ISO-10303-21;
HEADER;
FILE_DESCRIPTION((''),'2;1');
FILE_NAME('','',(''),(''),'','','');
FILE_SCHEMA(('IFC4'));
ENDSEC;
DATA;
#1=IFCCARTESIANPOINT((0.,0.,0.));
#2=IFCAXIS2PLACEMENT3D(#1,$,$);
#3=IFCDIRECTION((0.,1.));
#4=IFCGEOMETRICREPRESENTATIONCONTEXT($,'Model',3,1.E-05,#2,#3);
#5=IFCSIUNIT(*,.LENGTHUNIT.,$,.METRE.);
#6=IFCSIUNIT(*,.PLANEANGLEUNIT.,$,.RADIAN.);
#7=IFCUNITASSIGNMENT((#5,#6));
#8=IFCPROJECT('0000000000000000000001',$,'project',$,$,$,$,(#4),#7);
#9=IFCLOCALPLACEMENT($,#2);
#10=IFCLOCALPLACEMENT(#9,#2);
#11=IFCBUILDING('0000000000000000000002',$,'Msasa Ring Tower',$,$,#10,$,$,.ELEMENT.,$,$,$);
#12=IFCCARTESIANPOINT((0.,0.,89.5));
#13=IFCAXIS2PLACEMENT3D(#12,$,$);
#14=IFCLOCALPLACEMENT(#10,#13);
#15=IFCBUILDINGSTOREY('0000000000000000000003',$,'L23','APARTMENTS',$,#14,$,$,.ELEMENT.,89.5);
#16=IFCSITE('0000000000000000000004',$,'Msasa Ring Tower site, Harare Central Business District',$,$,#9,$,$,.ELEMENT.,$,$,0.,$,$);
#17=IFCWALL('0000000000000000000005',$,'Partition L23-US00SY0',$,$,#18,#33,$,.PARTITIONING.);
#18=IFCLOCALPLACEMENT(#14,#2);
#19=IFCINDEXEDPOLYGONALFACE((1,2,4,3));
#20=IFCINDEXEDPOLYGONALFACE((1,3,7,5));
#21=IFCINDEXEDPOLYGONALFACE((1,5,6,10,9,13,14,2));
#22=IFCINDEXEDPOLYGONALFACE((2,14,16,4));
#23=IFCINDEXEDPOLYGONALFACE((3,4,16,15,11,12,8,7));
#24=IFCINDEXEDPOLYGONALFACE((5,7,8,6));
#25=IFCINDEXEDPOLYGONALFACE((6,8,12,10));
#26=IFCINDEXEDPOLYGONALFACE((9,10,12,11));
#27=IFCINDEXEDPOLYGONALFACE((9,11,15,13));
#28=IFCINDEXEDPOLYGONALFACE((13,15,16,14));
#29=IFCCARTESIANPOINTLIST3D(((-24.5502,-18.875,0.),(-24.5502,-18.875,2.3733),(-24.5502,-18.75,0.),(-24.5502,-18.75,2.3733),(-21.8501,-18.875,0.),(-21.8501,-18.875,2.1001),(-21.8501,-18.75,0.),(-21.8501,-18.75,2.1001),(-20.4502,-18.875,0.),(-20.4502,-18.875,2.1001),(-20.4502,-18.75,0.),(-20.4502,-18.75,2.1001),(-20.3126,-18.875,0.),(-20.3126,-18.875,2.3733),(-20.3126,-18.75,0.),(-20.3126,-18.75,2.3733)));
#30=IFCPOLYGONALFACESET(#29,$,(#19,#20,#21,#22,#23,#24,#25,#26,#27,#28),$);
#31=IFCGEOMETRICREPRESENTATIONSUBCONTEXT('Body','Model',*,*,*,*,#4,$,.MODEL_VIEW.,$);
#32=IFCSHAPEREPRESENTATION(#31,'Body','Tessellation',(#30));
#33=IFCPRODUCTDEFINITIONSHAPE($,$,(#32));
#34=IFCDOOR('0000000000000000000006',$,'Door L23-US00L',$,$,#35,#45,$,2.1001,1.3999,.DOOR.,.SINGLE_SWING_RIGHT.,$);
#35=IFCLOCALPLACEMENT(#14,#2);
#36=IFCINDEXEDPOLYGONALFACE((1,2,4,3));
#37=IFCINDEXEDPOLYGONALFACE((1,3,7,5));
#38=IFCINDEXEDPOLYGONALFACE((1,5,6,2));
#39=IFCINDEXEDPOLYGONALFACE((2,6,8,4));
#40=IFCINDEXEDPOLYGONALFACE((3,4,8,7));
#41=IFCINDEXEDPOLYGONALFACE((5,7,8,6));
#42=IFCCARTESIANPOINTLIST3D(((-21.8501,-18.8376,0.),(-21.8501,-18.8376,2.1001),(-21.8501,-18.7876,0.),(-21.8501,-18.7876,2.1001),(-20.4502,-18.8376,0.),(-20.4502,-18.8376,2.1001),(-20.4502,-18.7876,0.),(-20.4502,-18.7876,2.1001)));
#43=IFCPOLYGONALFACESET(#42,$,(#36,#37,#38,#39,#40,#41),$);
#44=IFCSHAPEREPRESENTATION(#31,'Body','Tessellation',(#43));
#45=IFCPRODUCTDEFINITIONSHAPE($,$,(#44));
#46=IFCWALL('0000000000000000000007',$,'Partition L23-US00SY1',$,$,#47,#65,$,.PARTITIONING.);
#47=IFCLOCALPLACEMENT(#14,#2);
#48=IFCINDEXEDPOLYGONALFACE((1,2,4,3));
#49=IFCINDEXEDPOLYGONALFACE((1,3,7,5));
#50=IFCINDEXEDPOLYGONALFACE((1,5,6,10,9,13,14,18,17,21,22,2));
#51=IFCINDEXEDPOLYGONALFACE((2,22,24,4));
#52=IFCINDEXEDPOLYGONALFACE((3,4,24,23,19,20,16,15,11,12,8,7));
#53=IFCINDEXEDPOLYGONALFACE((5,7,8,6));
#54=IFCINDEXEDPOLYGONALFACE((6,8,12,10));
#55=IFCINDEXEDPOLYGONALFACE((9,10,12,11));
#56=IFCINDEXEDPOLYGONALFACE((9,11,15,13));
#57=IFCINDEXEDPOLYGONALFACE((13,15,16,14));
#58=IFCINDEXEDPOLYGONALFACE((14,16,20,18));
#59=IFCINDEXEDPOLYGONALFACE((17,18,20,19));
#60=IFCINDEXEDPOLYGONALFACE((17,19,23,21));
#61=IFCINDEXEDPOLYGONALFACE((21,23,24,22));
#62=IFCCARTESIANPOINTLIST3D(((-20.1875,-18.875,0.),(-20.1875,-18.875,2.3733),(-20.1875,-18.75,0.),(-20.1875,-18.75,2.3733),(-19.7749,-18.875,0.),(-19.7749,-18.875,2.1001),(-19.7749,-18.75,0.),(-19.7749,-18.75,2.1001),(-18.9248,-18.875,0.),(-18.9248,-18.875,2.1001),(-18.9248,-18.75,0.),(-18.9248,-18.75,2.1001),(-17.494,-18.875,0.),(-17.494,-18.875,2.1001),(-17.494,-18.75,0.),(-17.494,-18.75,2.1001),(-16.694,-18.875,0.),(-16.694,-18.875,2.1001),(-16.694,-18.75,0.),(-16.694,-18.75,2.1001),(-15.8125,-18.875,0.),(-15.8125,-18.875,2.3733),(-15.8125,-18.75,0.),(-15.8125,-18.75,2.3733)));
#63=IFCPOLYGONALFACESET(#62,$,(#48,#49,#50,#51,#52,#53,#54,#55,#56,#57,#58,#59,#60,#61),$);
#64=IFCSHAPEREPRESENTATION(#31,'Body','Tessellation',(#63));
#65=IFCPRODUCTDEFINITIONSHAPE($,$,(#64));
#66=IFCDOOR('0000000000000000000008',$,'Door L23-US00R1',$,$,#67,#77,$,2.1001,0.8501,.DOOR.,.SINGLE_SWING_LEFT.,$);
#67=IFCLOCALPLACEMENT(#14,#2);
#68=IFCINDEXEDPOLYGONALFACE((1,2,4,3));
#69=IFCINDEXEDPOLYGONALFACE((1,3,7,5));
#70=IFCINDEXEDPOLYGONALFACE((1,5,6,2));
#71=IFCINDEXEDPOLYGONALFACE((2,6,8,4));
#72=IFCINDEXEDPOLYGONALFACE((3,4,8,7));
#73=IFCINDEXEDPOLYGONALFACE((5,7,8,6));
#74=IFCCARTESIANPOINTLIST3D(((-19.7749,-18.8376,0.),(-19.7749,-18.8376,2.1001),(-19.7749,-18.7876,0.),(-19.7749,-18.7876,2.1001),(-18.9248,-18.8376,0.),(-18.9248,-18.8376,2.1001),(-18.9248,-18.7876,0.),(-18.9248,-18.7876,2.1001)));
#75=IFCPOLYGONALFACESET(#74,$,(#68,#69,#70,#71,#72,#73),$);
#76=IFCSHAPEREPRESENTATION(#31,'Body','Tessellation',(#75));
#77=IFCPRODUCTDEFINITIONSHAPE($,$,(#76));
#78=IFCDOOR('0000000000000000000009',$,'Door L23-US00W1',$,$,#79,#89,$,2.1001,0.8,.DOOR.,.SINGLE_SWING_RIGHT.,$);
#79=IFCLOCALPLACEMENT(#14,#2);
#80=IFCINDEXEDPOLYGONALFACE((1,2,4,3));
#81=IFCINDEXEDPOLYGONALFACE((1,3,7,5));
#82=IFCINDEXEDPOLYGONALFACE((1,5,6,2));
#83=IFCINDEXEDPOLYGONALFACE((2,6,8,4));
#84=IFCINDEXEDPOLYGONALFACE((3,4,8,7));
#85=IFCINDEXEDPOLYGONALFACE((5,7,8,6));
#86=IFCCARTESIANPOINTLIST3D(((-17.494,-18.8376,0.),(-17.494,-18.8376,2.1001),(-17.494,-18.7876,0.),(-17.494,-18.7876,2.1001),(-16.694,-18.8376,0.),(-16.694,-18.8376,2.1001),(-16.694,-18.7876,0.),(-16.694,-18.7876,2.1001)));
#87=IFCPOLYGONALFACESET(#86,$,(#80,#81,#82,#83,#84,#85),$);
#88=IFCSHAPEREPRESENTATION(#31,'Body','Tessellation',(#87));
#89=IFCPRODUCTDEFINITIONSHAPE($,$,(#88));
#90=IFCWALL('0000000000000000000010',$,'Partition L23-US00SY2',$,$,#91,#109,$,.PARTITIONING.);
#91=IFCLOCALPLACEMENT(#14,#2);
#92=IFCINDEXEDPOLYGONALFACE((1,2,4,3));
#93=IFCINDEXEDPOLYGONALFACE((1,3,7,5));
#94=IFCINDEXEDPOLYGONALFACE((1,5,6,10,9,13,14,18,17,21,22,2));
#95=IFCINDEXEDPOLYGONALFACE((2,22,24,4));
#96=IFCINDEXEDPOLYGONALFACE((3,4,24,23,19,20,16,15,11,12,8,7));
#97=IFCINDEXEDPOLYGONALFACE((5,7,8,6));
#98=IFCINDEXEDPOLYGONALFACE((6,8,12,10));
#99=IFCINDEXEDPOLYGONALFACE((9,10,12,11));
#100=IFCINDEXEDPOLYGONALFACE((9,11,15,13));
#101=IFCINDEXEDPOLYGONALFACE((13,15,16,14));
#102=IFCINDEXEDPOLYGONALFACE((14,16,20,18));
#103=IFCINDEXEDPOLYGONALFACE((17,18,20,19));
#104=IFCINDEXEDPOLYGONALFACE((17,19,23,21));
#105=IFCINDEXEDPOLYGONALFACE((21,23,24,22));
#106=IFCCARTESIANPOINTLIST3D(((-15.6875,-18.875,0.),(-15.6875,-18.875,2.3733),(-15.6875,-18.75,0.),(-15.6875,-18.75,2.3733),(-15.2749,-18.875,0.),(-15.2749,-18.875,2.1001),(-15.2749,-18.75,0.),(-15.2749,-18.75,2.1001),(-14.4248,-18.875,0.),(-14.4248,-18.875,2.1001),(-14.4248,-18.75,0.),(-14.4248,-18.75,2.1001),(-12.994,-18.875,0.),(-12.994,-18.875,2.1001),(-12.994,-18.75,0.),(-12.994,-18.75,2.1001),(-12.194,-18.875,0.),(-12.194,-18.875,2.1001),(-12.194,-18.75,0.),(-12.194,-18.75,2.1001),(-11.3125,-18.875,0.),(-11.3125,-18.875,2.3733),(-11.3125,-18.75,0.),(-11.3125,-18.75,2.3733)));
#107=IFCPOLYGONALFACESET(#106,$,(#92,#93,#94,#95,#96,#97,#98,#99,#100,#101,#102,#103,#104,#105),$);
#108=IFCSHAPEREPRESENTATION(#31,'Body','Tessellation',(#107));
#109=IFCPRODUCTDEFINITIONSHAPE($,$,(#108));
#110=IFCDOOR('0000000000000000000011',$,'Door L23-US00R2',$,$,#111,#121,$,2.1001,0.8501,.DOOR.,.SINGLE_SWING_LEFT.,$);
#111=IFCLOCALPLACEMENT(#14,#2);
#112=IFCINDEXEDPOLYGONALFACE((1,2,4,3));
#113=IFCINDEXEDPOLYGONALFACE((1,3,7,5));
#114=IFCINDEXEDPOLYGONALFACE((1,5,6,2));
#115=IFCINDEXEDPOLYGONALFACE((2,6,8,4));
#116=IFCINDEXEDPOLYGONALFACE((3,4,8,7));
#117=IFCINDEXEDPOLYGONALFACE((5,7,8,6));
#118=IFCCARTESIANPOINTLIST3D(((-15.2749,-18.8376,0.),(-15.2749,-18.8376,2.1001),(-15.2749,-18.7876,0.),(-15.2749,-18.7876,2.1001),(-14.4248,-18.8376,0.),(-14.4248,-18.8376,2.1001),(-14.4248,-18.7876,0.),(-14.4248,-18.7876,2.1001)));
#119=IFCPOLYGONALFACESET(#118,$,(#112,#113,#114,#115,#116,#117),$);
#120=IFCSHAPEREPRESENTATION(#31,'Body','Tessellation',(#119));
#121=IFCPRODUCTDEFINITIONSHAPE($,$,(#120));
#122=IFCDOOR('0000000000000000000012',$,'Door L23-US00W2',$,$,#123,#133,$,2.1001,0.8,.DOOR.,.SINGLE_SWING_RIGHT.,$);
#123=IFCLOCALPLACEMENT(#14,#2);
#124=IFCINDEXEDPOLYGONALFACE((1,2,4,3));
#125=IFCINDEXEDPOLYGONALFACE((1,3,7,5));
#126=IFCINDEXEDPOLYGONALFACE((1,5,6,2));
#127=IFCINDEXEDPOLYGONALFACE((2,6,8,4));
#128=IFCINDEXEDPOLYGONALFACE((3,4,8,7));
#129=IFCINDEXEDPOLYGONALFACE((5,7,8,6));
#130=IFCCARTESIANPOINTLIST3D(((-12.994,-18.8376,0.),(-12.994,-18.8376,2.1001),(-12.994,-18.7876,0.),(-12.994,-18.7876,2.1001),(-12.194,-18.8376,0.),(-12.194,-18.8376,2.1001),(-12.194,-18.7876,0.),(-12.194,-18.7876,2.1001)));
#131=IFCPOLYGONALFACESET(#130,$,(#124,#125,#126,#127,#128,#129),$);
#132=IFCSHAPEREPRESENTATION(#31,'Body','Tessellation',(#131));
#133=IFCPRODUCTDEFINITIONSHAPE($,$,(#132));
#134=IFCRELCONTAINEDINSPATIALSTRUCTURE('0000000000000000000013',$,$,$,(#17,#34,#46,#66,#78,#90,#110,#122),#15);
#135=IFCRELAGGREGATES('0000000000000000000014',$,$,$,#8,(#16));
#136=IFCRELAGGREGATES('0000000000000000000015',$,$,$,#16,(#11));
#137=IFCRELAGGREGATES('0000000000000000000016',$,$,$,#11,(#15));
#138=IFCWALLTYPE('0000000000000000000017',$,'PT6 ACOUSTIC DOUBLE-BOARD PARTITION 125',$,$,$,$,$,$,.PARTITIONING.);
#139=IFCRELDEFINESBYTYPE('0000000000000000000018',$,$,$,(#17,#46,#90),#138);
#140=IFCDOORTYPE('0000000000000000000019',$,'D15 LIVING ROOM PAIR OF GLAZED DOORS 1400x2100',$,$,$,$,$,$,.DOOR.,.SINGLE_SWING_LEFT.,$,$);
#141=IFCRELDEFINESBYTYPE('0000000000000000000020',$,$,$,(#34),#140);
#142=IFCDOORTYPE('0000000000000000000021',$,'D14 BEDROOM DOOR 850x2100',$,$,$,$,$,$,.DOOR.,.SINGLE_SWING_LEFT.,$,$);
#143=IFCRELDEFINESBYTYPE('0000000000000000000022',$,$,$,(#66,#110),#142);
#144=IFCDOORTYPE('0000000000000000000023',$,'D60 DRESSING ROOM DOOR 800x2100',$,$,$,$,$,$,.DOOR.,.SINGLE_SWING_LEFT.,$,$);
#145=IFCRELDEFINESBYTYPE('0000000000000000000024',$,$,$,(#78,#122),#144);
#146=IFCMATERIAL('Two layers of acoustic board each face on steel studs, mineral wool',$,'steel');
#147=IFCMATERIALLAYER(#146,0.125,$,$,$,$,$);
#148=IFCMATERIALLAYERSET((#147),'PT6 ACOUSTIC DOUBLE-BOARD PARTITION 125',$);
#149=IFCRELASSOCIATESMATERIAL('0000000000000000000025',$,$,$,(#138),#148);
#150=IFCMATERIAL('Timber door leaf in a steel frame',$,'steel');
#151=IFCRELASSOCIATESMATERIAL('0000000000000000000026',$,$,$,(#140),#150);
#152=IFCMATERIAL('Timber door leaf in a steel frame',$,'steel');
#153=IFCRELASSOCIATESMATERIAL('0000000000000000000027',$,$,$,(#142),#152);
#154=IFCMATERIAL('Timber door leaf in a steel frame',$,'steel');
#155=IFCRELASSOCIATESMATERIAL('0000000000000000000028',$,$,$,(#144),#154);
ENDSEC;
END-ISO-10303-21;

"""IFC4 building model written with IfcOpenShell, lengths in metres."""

from ifc_helpers import new_model, si_unit, direction, frame, frame_2d, origin, place, context, subcontext, project, spatial, rectangle, extrude, material, layer, layer_set, type_object, element, fill, save


model = new_model("IFC4")

# Units and contexts
model_context = context("Model", 3, precision=1e-05, world=origin(), true_north=direction((0.0, 1.0)))
body_context = subcontext(model_context, "Body", "Model", "MODEL_VIEW")
ifc_project = project(units=[si_unit("LENGTHUNIT", "METRE"), si_unit("PLANEANGLEUNIT", "RADIAN")], contexts=[model_context])

# Site, building, storey
site_placement = place(None, origin())
site = spatial("IfcSite", under=ifc_project, at=site_placement, Name="Msasa Ring Tower site, Harare Central Business District", CompositionType="ELEMENT", RefElevation=0.0)
building_placement = place(site_placement, origin())
building = spatial("IfcBuilding", under=site, at=building_placement, Name="Msasa Ring Tower", CompositionType="ELEMENT")
storey_placement = place(building_placement, frame((0.0, 0.0, 89.5)))
storey = spatial("IfcBuildingStorey", under=building, at=storey_placement, Name="L23", Description="APARTMENTS", CompositionType="ELEMENT", Elevation=89.5)

# Shared definitions
ifc_material_1 = material(Name="Two layers of acoustic board each face on steel studs, mineral wool", Category="steel")
ifc_layer_1 = layer(ifc_material_1, 0.125)
ifc_layer_set_1 = layer_set([ifc_layer_1], Name="PT6 ACOUSTIC DOUBLE-BOARD PARTITION 125")
wall_type_1 = type_object("IfcWallType", Name="PT6 ACOUSTIC DOUBLE-BOARD PARTITION 125", PredefinedType="PARTITIONING", material=ifc_layer_set_1)

# Wall, opening, door
wall_1_placement = place(storey_placement, frame((-24.55, -18.8125, 0.0), z_axis=(0.0, 0.0, 1.0), x_axis=(1.0, 0.0, 0.0)))
wall_1 = element("IfcWall", 1, at=wall_1_placement, inside=storey, type_object=wall_type_1, Name="Partition L23-US00SY0", PredefinedType="PARTITIONING", context=body_context, shape_type="SweptSolid", body=[
    extrude(rectangle(XDim=4.2375, YDim=0.125, at=frame_2d((2.1187, 0.0))), origin(), (0.0, 0.0, 1.0), 2.3733),
])
opening_1_placement = place(wall_1_placement, frame((2.7, 0.0, 0.0)))
opening_1 = element("IfcOpeningElement", 2, at=opening_1_placement, cuts=wall_1, PredefinedType="OPENING", context=body_context, shape_type="SweptSolid", body=[
    extrude(rectangle(XDim=1.3999, YDim=2.1001, at=frame_2d((0.7, 1.05))), frame((0.0, 0.0725, 0.0), z_axis=(0.0, -1.0, 0.0), x_axis=(1.0, 0.0, 0.0)), (0.0, 0.0, 1.0), 0.145),
])
ifc_material_2 = material(Name="Timber door leaf in a steel frame", Category="steel")
door_type_1 = type_object("IfcDoorType", Name="D15 LIVING ROOM PAIR OF GLAZED DOORS 1400x2100", OperationType="SINGLE_SWING_LEFT", PredefinedType="DOOR", material=ifc_material_2)
door_1_placement = place(opening_1_placement, origin())
door_1 = element("IfcDoor", 3, at=door_1_placement, inside=storey, type_object=door_type_1, Name="Door L23-US00L", OperationType="SINGLE_SWING_RIGHT", OverallHeight=2.1001, OverallWidth=1.3999, PredefinedType="DOOR", context=body_context, shape_type="SweptSolid", body=[
    extrude(rectangle(XDim=1.3999, YDim=2.1001, at=frame_2d((0.7, 1.05))), frame((0.0, 0.0249, 0.0), z_axis=(0.0, -1.0, 0.0), x_axis=(1.0, 0.0, 0.0)), (0.0, 0.0, 1.0), 0.05),
])
fill(opening_1, door_1)

# Walls, openings, doors
wall_2_placement = place(storey_placement, frame((-20.1875, -18.8125, 0.0), z_axis=(0.0, 0.0, 1.0), x_axis=(1.0, 0.0, 0.0)))
wall_2 = element("IfcWall", 4, at=wall_2_placement, inside=storey, type_object=wall_type_1, Name="Partition L23-US00SY1", PredefinedType="PARTITIONING", context=body_context, shape_type="SweptSolid", body=[
    extrude(rectangle(XDim=4.375, YDim=0.125, at=frame_2d((2.1875, 0.0))), origin(), (0.0, 0.0, 1.0), 2.3733),
])
opening_2_placement = place(wall_2_placement, frame((0.4126, 0.0, 0.0)))
opening_2 = element("IfcOpeningElement", 5, at=opening_2_placement, cuts=wall_2, PredefinedType="OPENING", context=body_context, shape_type="SweptSolid", body=[
    extrude(rectangle(XDim=0.8501, YDim=2.1001, at=frame_2d((0.425, 1.05))), frame((0.0, 0.0725, 0.0), z_axis=(0.0, -1.0, 0.0), x_axis=(1.0, 0.0, 0.0)), (0.0, 0.0, 1.0), 0.145),
])
opening_3_placement = place(wall_2_placement, frame((2.6936, 0.0, 0.0)))
opening_3 = element("IfcOpeningElement", 6, at=opening_3_placement, cuts=wall_2, PredefinedType="OPENING", context=body_context, shape_type="SweptSolid", body=[
    extrude(rectangle(XDim=0.8, YDim=2.1001, at=frame_2d((0.3999, 1.05))), frame((0.0, 0.0725, 0.0), z_axis=(0.0, -1.0, 0.0), x_axis=(1.0, 0.0, 0.0)), (0.0, 0.0, 1.0), 0.145),
])
ifc_material_3 = material(Name="Timber door leaf in a steel frame", Category="steel")
door_type_2 = type_object("IfcDoorType", Name="D14 BEDROOM DOOR 850x2100", OperationType="SINGLE_SWING_LEFT", PredefinedType="DOOR", material=ifc_material_3)
door_2_placement = place(opening_2_placement, origin())
door_2 = element("IfcDoor", 7, at=door_2_placement, inside=storey, type_object=door_type_2, Name="Door L23-US00R1", OperationType="SINGLE_SWING_LEFT", OverallHeight=2.1001, OverallWidth=0.8501, PredefinedType="DOOR", context=body_context, shape_type="SweptSolid", body=[
    extrude(rectangle(XDim=0.8501, YDim=2.1001, at=frame_2d((0.425, 1.05))), frame((0.0, 0.0249, 0.0), z_axis=(0.0, -1.0, 0.0), x_axis=(1.0, 0.0, 0.0)), (0.0, 0.0, 1.0), 0.05),
])
fill(opening_2, door_2)
ifc_material_4 = material(Name="Timber door leaf in a steel frame", Category="steel")
door_type_3 = type_object("IfcDoorType", Name="D60 DRESSING ROOM DOOR 800x2100", OperationType="SINGLE_SWING_LEFT", PredefinedType="DOOR", material=ifc_material_4)
door_3_placement = place(opening_3_placement, origin())
door_3 = element("IfcDoor", 8, at=door_3_placement, inside=storey, type_object=door_type_3, Name="Door L23-US00W1", OperationType="SINGLE_SWING_RIGHT", OverallHeight=2.1001, OverallWidth=0.8, PredefinedType="DOOR", context=body_context, shape_type="SweptSolid", body=[
    extrude(rectangle(XDim=0.8, YDim=2.1001, at=frame_2d((0.3999, 1.05))), frame((0.0, 0.0249, 0.0), z_axis=(0.0, -1.0, 0.0), x_axis=(1.0, 0.0, 0.0)), (0.0, 0.0, 1.0), 0.05),
])
fill(opening_3, door_3)
wall_3_placement = place(storey_placement, frame((-15.6875, -18.8125, 0.0), z_axis=(0.0, 0.0, 1.0), x_axis=(1.0, 0.0, 0.0)))
wall_3 = element("IfcWall", 9, at=wall_3_placement, inside=storey, type_object=wall_type_1, Name="Partition L23-US00SY2", PredefinedType="PARTITIONING", context=body_context, shape_type="SweptSolid", body=[
    extrude(rectangle(XDim=4.375, YDim=0.125, at=frame_2d((2.1875, 0.0))), origin(), (0.0, 0.0, 1.0), 2.3733),
])
opening_4_placement = place(wall_3_placement, frame((0.4126, 0.0, 0.0)))
opening_4 = element("IfcOpeningElement", 10, at=opening_4_placement, cuts=wall_3, PredefinedType="OPENING", context=body_context, shape_type="SweptSolid", body=[
    extrude(rectangle(XDim=0.8501, YDim=2.1001, at=frame_2d((0.425, 1.05))), frame((0.0, 0.0725, 0.0), z_axis=(0.0, -1.0, 0.0), x_axis=(1.0, 0.0, 0.0)), (0.0, 0.0, 1.0), 0.145),
])
opening_5_placement = place(wall_3_placement, frame((2.6936, 0.0, 0.0)))
opening_5 = element("IfcOpeningElement", 11, at=opening_5_placement, cuts=wall_3, PredefinedType="OPENING", context=body_context, shape_type="SweptSolid", body=[
    extrude(rectangle(XDim=0.8, YDim=2.1001, at=frame_2d((0.3999, 1.05))), frame((0.0, 0.0725, 0.0), z_axis=(0.0, -1.0, 0.0), x_axis=(1.0, 0.0, 0.0)), (0.0, 0.0, 1.0), 0.145),
])
door_4_placement = place(opening_4_placement, origin())
door_4 = element("IfcDoor", 12, at=door_4_placement, inside=storey, type_object=door_type_2, Name="Door L23-US00R2", OperationType="SINGLE_SWING_LEFT", OverallHeight=2.1001, OverallWidth=0.8501, PredefinedType="DOOR", context=body_context, shape_type="SweptSolid", body=[
    extrude(rectangle(XDim=0.8501, YDim=2.1001, at=frame_2d((0.425, 1.05))), frame((0.0, 0.0249, 0.0), z_axis=(0.0, -1.0, 0.0), x_axis=(1.0, 0.0, 0.0)), (0.0, 0.0, 1.0), 0.05),
])
fill(opening_4, door_4)
door_5_placement = place(opening_5_placement, origin())
door_5 = element("IfcDoor", 13, at=door_5_placement, inside=storey, type_object=door_type_3, Name="Door L23-US00W2", OperationType="SINGLE_SWING_RIGHT", OverallHeight=2.1001, OverallWidth=0.8, PredefinedType="DOOR", context=body_context, shape_type="SweptSolid", body=[
    extrude(rectangle(XDim=0.8, YDim=2.1001, at=frame_2d((0.3999, 1.05))), frame((0.0, 0.0249, 0.0), z_axis=(0.0, -1.0, 0.0), x_axis=(1.0, 0.0, 0.0)), (0.0, 0.0, 1.0), 0.05),
])
fill(opening_5, door_5)

save(model, "model.ifc")
